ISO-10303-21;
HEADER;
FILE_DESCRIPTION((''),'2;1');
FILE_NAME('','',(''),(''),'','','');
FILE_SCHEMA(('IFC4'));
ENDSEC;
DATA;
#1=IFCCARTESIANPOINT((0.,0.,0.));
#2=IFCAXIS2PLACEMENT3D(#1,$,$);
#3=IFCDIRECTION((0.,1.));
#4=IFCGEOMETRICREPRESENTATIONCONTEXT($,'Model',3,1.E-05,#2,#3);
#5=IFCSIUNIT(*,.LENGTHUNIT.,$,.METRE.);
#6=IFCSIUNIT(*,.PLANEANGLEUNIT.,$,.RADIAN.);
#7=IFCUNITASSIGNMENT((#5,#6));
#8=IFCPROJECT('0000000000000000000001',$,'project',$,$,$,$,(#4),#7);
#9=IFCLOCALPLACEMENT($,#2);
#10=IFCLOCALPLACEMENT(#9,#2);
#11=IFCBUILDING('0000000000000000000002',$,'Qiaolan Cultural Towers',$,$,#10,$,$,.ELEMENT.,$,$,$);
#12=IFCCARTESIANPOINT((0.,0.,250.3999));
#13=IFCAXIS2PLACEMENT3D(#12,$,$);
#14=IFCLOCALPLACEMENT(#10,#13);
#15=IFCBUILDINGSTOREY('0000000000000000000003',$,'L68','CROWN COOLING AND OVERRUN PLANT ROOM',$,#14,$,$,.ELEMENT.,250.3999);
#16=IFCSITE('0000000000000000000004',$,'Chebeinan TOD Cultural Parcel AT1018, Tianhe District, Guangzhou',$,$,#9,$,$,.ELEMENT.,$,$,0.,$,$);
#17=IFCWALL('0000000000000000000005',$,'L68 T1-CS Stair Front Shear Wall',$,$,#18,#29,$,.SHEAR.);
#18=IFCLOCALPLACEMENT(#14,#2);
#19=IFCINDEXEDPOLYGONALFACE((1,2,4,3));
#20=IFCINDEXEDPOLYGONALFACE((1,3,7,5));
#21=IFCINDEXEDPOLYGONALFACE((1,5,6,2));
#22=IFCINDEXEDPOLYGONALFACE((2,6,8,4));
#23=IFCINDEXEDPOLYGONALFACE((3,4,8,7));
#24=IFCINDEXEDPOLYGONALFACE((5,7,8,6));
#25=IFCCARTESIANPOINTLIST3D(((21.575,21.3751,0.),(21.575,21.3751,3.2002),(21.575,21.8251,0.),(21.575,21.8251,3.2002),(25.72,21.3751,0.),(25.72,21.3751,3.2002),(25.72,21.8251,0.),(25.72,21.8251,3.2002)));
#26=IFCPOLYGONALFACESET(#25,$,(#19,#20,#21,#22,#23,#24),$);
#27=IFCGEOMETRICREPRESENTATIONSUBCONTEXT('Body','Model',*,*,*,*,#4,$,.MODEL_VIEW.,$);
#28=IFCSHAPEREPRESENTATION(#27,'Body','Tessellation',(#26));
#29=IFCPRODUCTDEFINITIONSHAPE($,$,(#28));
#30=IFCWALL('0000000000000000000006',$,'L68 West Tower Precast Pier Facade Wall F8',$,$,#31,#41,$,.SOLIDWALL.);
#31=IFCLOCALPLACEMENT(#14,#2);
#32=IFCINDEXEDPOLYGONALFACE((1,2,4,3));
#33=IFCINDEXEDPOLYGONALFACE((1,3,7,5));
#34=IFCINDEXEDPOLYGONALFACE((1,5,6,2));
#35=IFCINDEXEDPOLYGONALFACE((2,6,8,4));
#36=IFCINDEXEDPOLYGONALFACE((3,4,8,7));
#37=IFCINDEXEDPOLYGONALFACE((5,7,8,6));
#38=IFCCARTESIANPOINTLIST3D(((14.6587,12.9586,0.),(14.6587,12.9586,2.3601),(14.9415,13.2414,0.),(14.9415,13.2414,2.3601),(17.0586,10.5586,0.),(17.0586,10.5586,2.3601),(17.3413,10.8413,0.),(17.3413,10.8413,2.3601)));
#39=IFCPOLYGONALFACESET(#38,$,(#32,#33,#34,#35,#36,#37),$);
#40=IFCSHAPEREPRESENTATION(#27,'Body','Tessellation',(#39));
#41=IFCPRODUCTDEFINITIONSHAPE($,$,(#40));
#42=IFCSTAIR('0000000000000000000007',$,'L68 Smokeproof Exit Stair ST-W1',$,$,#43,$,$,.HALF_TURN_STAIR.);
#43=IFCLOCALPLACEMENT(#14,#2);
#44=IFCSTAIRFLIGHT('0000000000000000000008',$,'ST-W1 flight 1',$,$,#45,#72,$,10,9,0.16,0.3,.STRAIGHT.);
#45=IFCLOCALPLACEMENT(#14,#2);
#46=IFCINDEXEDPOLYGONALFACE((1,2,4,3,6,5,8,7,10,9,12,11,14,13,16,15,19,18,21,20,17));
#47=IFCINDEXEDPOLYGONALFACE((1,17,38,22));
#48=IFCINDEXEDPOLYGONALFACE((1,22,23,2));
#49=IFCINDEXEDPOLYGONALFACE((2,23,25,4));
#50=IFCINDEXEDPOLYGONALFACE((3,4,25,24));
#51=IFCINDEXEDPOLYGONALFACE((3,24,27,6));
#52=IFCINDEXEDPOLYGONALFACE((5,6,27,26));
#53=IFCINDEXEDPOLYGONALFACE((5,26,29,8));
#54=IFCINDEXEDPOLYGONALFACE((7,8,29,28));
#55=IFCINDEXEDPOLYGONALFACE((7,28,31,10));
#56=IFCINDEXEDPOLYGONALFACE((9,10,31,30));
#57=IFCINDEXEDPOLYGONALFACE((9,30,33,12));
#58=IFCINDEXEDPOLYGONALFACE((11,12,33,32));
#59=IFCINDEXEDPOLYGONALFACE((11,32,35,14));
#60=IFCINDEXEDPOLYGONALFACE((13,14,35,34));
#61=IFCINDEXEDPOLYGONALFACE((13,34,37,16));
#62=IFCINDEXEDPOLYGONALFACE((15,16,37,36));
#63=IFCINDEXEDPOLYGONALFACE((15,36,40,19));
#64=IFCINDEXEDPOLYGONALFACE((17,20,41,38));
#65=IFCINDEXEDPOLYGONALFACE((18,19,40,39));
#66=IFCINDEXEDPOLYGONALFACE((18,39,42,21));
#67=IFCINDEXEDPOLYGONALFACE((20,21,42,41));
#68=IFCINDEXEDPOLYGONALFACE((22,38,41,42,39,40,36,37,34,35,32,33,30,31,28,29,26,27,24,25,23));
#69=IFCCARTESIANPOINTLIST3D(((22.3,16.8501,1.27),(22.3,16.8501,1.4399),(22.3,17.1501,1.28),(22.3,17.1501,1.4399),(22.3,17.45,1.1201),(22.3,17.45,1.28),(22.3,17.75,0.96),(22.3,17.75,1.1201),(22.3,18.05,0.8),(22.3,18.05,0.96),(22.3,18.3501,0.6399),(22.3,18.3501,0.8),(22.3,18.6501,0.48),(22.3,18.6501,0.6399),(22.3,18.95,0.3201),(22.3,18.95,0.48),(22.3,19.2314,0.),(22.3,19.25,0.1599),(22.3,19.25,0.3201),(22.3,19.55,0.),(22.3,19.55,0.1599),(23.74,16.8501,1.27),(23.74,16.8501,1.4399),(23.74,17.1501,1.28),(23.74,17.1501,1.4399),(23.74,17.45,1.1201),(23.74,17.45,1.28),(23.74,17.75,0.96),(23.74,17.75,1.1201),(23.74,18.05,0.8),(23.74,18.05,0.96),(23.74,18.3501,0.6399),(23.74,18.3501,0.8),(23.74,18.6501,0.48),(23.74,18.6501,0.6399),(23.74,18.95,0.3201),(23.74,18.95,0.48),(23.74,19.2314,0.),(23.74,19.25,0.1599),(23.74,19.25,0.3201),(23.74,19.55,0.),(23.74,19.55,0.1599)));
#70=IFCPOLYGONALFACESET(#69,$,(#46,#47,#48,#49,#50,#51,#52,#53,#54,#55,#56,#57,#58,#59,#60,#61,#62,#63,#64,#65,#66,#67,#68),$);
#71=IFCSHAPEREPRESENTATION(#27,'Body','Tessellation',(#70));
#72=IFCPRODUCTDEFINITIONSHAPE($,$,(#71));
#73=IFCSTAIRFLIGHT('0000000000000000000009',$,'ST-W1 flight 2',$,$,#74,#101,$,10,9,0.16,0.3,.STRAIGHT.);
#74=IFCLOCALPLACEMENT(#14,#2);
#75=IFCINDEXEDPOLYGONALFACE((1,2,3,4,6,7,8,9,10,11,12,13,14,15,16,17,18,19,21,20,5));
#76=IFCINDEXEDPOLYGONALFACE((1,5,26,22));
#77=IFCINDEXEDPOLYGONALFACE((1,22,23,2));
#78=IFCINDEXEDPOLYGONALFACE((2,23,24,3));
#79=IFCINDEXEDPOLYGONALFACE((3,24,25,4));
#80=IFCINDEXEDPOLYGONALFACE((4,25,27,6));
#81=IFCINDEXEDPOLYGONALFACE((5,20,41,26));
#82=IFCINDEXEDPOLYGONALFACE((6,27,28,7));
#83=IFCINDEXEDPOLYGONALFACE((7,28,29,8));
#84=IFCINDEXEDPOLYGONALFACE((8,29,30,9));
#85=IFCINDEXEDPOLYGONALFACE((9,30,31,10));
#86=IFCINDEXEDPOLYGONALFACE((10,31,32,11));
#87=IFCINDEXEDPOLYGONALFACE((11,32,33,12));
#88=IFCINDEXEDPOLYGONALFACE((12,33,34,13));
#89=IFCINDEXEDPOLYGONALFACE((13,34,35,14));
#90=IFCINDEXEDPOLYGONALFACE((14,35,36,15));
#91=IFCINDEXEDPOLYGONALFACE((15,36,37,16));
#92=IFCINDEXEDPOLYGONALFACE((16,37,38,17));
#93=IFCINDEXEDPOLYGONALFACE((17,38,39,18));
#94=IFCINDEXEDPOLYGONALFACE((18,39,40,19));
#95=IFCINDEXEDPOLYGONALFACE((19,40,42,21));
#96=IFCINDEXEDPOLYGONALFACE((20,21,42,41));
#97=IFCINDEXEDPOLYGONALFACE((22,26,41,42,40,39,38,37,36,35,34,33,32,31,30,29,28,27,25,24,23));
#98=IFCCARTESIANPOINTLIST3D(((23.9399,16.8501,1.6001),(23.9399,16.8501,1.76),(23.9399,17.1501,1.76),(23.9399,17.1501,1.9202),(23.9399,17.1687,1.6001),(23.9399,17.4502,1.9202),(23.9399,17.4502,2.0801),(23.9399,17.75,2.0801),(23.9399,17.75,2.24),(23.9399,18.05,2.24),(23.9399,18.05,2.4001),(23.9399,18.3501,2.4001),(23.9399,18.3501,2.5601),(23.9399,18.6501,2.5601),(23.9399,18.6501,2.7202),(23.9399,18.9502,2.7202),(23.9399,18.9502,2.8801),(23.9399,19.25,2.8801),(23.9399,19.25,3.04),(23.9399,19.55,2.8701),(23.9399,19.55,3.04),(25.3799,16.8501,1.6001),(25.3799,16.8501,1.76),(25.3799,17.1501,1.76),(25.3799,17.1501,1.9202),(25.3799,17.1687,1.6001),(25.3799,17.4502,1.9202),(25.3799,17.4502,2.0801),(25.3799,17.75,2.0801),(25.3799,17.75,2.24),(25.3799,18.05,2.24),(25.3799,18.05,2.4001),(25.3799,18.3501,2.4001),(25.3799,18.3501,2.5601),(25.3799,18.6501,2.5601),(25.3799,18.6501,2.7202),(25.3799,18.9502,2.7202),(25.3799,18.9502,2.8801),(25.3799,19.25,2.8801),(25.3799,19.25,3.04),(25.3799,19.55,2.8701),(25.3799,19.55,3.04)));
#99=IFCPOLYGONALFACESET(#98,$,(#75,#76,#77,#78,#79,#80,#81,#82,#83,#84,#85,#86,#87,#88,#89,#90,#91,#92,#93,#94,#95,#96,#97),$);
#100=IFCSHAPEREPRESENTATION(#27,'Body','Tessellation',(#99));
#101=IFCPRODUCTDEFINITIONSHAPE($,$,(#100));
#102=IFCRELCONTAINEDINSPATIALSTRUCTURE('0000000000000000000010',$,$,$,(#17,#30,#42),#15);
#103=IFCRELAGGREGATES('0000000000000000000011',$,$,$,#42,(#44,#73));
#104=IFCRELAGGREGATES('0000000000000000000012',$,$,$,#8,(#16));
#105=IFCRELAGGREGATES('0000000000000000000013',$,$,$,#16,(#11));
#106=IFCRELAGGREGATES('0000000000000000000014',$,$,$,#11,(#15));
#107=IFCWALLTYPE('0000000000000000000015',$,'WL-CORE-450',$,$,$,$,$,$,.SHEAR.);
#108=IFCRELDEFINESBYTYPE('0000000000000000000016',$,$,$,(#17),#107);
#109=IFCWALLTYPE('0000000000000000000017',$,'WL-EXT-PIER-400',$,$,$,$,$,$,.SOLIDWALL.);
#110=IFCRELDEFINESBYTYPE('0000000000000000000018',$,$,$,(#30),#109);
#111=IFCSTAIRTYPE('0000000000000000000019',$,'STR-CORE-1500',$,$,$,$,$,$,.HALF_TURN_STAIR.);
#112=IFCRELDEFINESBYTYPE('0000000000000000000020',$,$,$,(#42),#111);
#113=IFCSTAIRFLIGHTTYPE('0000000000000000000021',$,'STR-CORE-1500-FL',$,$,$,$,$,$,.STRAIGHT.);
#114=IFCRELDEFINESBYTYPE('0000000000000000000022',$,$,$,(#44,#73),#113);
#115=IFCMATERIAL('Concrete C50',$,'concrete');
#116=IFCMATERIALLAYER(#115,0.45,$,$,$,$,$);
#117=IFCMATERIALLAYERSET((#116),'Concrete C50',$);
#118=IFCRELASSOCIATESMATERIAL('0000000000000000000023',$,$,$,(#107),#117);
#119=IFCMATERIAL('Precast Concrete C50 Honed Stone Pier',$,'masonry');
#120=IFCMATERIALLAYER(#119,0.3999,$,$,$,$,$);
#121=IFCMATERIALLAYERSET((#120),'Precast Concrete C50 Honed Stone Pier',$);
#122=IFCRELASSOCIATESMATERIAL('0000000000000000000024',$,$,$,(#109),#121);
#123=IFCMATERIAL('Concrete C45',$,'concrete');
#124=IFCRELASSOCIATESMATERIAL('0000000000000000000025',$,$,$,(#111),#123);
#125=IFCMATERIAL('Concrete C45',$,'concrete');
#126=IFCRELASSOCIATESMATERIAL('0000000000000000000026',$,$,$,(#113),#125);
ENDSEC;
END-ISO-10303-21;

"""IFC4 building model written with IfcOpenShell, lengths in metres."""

from ifc_helpers import new_model, si_unit, direction, frame, frame_2d, origin, place, context, subcontext, project, spatial, polyline, rectangle, outline, extrude, material, layer, layer_set, type_object, element, aggregate, save


model = new_model("IFC4")

# Units and contexts
model_context = context("Model", 3, precision=1e-05, world=origin(), true_north=direction((0.0, 1.0)))
body_context = subcontext(model_context, "Body", "Model", "MODEL_VIEW")
ifc_project = project(units=[si_unit("LENGTHUNIT", "METRE"), si_unit("PLANEANGLEUNIT", "RADIAN")], contexts=[model_context])

# Site, building, storey
site_placement = place(None, origin())
site = spatial("IfcSite", under=ifc_project, at=site_placement, Name="Chebeinan TOD Cultural Parcel AT1018, Tianhe District, Guangzhou", CompositionType="ELEMENT", RefElevation=0.0)
building_placement = place(site_placement, origin())
building = spatial("IfcBuilding", under=site, at=building_placement, Name="Qiaolan Cultural Towers", CompositionType="ELEMENT")
storey_placement = place(building_placement, frame((0.0, 0.0, 250.3999)))
storey = spatial("IfcBuildingStorey", under=building, at=storey_placement, Name="L68", Description="CROWN COOLING AND OVERRUN PLANT ROOM", CompositionType="ELEMENT", Elevation=250.3999)

# Walls
ifc_material_1 = material(Name="Concrete C50", Category="concrete")
ifc_layer_1 = layer(ifc_material_1, 0.45)
ifc_layer_set_1 = layer_set([ifc_layer_1], Name="Concrete C50")
wall_type_1 = type_object("IfcWallType", Name="WL-CORE-450", PredefinedType="SHEAR", material=ifc_layer_set_1)
wall_1_placement = place(storey_placement, frame((21.575, 21.6001, 0.0), z_axis=(0.0, 0.0, 1.0), x_axis=(1.0, 0.0, 0.0)))
element("IfcWall", 1, at=wall_1_placement, inside=storey, type_object=wall_type_1, Name="L68 T1-CS Stair Front Shear Wall", PredefinedType="SHEAR", context=body_context, shape_type="SweptSolid", body=[
    extrude(rectangle(XDim=4.145, YDim=0.45, at=frame_2d((2.0725, 0.0))), origin(), (0.0, 0.0, 1.0), 3.2002),
])
ifc_material_2 = material(Name="Precast Concrete C50 Honed Stone Pier", Category="masonry")
ifc_layer_2 = layer(ifc_material_2, 0.3999)
ifc_layer_set_2 = layer_set([ifc_layer_2], Name="Precast Concrete C50 Honed Stone Pier")
wall_type_2 = type_object("IfcWallType", Name="WL-EXT-PIER-400", PredefinedType="SOLIDWALL", material=ifc_layer_set_2)
wall_2_placement = place(storey_placement, frame((17.2, 10.7, 0.0), z_axis=(0.0, 0.0, 1.0), x_axis=(-0.707071, 0.707143, 0.0)))
element("IfcWall", 2, at=wall_2_placement, inside=storey, type_object=wall_type_2, Name="L68 West Tower Precast Pier Facade Wall F8", PredefinedType="SOLIDWALL", context=body_context, shape_type="SweptSolid", body=[
    extrude(rectangle(XDim=3.394, YDim=0.3999, at=frame_2d((1.697, 0.0))), origin(), (0.0, 0.0, 1.0), 2.3601),
])

# Stair, stair flights
ifc_material_3 = material(Name="Concrete C45", Category="concrete")
stair_type = type_object("IfcStairType", Name="STR-CORE-1500", PredefinedType="HALF_TURN_STAIR", material=ifc_material_3)
stair_placement = place(storey_placement, origin())
stair = element("IfcStair", 3, at=stair_placement, inside=storey, type_object=stair_type, Name="L68 Smokeproof Exit Stair ST-W1", PredefinedType="HALF_TURN_STAIR")
ifc_material_4 = material(Name="Concrete C45", Category="concrete")
stair_flight_type = type_object("IfcStairFlightType", Name="STR-CORE-1500-FL", PredefinedType="STRAIGHT", material=ifc_material_4)
stair_flight_1_placement = place(storey_placement, frame((23.02, 19.55, 0.0), z_axis=(0.0, 0.0, 1.0), x_axis=(0.0, -1.0, 0.0)))
stair_flight_1 = element("IfcStairFlight", 4, at=stair_flight_1_placement, type_object=stair_flight_type, Name="ST-W1 flight 1", NumberOfRisers=10, NumberOfTreads=9, PredefinedType="STRAIGHT", RiserHeight=0.16, TreadLength=0.3, context=body_context, shape_type="SweptSolid", body=[
    extrude(outline(polyline([(0.0, 0.0), (0.0, 0.1599), (0.3, 0.1599), (0.3, 0.3201), (0.6001, 0.3201), (0.6001, 0.48), (0.8999, 0.48), (0.8999, 0.6399), (1.2, 0.6399), (1.2, 0.8), (1.5, 0.8), (1.5, 0.96), (1.8, 0.96), (1.8, 1.1201), (2.1001, 1.1201), (2.1001, 1.28), (2.3999, 1.28), (2.3999, 1.4399), (2.7, 1.4399), (2.7, 1.6001), (2.7, 1.27), (0.3186, 0.0), (0.0, 0.0)])), frame((0.0, 0.72, 0.0), z_axis=(0.0, -1.0, 0.0), x_axis=(1.0, 0.0, 0.0)), (0.0, 0.0, 1.0), 1.4399),
])
stair_flight_2_placement = place(storey_placement, frame((24.6599, 16.8501, 1.6001), z_axis=(0.0, 0.0, 1.0), x_axis=(0.0, 1.0, 0.0)))
stair_flight_2 = element("IfcStairFlight", 5, at=stair_flight_2_placement, type_object=stair_flight_type, Name="ST-W1 flight 2", NumberOfRisers=10, NumberOfTreads=9, PredefinedType="STRAIGHT", RiserHeight=0.16, TreadLength=0.3, context=body_context, shape_type="SweptSolid", body=[
    extrude(outline(polyline([(0.0, 0.0), (0.0, 0.1599), (0.3, 0.1599), (0.3, 0.3201), (0.6001, 0.3201), (0.6001, 0.48), (0.8999, 0.48), (0.8999, 0.6399), (1.2, 0.6399), (1.2, 0.8), (1.5, 0.8), (1.5, 0.96), (1.8, 0.96), (1.8, 1.1201), (2.1001, 1.1201), (2.1001, 1.28), (2.3999, 1.28), (2.3999, 1.4399), (2.7, 1.4399), (2.7, 1.6001), (2.7, 1.27), (0.3186, 0.0), (0.0, 0.0)])), frame((0.0, 0.72, 0.0), z_axis=(0.0, -1.0, 0.0), x_axis=(1.0, 0.0, 0.0)), (0.0, 0.0, 1.0), 1.4399),
])
aggregate(stair, [stair_flight_1, stair_flight_2])

save(model, "model.ifc")
